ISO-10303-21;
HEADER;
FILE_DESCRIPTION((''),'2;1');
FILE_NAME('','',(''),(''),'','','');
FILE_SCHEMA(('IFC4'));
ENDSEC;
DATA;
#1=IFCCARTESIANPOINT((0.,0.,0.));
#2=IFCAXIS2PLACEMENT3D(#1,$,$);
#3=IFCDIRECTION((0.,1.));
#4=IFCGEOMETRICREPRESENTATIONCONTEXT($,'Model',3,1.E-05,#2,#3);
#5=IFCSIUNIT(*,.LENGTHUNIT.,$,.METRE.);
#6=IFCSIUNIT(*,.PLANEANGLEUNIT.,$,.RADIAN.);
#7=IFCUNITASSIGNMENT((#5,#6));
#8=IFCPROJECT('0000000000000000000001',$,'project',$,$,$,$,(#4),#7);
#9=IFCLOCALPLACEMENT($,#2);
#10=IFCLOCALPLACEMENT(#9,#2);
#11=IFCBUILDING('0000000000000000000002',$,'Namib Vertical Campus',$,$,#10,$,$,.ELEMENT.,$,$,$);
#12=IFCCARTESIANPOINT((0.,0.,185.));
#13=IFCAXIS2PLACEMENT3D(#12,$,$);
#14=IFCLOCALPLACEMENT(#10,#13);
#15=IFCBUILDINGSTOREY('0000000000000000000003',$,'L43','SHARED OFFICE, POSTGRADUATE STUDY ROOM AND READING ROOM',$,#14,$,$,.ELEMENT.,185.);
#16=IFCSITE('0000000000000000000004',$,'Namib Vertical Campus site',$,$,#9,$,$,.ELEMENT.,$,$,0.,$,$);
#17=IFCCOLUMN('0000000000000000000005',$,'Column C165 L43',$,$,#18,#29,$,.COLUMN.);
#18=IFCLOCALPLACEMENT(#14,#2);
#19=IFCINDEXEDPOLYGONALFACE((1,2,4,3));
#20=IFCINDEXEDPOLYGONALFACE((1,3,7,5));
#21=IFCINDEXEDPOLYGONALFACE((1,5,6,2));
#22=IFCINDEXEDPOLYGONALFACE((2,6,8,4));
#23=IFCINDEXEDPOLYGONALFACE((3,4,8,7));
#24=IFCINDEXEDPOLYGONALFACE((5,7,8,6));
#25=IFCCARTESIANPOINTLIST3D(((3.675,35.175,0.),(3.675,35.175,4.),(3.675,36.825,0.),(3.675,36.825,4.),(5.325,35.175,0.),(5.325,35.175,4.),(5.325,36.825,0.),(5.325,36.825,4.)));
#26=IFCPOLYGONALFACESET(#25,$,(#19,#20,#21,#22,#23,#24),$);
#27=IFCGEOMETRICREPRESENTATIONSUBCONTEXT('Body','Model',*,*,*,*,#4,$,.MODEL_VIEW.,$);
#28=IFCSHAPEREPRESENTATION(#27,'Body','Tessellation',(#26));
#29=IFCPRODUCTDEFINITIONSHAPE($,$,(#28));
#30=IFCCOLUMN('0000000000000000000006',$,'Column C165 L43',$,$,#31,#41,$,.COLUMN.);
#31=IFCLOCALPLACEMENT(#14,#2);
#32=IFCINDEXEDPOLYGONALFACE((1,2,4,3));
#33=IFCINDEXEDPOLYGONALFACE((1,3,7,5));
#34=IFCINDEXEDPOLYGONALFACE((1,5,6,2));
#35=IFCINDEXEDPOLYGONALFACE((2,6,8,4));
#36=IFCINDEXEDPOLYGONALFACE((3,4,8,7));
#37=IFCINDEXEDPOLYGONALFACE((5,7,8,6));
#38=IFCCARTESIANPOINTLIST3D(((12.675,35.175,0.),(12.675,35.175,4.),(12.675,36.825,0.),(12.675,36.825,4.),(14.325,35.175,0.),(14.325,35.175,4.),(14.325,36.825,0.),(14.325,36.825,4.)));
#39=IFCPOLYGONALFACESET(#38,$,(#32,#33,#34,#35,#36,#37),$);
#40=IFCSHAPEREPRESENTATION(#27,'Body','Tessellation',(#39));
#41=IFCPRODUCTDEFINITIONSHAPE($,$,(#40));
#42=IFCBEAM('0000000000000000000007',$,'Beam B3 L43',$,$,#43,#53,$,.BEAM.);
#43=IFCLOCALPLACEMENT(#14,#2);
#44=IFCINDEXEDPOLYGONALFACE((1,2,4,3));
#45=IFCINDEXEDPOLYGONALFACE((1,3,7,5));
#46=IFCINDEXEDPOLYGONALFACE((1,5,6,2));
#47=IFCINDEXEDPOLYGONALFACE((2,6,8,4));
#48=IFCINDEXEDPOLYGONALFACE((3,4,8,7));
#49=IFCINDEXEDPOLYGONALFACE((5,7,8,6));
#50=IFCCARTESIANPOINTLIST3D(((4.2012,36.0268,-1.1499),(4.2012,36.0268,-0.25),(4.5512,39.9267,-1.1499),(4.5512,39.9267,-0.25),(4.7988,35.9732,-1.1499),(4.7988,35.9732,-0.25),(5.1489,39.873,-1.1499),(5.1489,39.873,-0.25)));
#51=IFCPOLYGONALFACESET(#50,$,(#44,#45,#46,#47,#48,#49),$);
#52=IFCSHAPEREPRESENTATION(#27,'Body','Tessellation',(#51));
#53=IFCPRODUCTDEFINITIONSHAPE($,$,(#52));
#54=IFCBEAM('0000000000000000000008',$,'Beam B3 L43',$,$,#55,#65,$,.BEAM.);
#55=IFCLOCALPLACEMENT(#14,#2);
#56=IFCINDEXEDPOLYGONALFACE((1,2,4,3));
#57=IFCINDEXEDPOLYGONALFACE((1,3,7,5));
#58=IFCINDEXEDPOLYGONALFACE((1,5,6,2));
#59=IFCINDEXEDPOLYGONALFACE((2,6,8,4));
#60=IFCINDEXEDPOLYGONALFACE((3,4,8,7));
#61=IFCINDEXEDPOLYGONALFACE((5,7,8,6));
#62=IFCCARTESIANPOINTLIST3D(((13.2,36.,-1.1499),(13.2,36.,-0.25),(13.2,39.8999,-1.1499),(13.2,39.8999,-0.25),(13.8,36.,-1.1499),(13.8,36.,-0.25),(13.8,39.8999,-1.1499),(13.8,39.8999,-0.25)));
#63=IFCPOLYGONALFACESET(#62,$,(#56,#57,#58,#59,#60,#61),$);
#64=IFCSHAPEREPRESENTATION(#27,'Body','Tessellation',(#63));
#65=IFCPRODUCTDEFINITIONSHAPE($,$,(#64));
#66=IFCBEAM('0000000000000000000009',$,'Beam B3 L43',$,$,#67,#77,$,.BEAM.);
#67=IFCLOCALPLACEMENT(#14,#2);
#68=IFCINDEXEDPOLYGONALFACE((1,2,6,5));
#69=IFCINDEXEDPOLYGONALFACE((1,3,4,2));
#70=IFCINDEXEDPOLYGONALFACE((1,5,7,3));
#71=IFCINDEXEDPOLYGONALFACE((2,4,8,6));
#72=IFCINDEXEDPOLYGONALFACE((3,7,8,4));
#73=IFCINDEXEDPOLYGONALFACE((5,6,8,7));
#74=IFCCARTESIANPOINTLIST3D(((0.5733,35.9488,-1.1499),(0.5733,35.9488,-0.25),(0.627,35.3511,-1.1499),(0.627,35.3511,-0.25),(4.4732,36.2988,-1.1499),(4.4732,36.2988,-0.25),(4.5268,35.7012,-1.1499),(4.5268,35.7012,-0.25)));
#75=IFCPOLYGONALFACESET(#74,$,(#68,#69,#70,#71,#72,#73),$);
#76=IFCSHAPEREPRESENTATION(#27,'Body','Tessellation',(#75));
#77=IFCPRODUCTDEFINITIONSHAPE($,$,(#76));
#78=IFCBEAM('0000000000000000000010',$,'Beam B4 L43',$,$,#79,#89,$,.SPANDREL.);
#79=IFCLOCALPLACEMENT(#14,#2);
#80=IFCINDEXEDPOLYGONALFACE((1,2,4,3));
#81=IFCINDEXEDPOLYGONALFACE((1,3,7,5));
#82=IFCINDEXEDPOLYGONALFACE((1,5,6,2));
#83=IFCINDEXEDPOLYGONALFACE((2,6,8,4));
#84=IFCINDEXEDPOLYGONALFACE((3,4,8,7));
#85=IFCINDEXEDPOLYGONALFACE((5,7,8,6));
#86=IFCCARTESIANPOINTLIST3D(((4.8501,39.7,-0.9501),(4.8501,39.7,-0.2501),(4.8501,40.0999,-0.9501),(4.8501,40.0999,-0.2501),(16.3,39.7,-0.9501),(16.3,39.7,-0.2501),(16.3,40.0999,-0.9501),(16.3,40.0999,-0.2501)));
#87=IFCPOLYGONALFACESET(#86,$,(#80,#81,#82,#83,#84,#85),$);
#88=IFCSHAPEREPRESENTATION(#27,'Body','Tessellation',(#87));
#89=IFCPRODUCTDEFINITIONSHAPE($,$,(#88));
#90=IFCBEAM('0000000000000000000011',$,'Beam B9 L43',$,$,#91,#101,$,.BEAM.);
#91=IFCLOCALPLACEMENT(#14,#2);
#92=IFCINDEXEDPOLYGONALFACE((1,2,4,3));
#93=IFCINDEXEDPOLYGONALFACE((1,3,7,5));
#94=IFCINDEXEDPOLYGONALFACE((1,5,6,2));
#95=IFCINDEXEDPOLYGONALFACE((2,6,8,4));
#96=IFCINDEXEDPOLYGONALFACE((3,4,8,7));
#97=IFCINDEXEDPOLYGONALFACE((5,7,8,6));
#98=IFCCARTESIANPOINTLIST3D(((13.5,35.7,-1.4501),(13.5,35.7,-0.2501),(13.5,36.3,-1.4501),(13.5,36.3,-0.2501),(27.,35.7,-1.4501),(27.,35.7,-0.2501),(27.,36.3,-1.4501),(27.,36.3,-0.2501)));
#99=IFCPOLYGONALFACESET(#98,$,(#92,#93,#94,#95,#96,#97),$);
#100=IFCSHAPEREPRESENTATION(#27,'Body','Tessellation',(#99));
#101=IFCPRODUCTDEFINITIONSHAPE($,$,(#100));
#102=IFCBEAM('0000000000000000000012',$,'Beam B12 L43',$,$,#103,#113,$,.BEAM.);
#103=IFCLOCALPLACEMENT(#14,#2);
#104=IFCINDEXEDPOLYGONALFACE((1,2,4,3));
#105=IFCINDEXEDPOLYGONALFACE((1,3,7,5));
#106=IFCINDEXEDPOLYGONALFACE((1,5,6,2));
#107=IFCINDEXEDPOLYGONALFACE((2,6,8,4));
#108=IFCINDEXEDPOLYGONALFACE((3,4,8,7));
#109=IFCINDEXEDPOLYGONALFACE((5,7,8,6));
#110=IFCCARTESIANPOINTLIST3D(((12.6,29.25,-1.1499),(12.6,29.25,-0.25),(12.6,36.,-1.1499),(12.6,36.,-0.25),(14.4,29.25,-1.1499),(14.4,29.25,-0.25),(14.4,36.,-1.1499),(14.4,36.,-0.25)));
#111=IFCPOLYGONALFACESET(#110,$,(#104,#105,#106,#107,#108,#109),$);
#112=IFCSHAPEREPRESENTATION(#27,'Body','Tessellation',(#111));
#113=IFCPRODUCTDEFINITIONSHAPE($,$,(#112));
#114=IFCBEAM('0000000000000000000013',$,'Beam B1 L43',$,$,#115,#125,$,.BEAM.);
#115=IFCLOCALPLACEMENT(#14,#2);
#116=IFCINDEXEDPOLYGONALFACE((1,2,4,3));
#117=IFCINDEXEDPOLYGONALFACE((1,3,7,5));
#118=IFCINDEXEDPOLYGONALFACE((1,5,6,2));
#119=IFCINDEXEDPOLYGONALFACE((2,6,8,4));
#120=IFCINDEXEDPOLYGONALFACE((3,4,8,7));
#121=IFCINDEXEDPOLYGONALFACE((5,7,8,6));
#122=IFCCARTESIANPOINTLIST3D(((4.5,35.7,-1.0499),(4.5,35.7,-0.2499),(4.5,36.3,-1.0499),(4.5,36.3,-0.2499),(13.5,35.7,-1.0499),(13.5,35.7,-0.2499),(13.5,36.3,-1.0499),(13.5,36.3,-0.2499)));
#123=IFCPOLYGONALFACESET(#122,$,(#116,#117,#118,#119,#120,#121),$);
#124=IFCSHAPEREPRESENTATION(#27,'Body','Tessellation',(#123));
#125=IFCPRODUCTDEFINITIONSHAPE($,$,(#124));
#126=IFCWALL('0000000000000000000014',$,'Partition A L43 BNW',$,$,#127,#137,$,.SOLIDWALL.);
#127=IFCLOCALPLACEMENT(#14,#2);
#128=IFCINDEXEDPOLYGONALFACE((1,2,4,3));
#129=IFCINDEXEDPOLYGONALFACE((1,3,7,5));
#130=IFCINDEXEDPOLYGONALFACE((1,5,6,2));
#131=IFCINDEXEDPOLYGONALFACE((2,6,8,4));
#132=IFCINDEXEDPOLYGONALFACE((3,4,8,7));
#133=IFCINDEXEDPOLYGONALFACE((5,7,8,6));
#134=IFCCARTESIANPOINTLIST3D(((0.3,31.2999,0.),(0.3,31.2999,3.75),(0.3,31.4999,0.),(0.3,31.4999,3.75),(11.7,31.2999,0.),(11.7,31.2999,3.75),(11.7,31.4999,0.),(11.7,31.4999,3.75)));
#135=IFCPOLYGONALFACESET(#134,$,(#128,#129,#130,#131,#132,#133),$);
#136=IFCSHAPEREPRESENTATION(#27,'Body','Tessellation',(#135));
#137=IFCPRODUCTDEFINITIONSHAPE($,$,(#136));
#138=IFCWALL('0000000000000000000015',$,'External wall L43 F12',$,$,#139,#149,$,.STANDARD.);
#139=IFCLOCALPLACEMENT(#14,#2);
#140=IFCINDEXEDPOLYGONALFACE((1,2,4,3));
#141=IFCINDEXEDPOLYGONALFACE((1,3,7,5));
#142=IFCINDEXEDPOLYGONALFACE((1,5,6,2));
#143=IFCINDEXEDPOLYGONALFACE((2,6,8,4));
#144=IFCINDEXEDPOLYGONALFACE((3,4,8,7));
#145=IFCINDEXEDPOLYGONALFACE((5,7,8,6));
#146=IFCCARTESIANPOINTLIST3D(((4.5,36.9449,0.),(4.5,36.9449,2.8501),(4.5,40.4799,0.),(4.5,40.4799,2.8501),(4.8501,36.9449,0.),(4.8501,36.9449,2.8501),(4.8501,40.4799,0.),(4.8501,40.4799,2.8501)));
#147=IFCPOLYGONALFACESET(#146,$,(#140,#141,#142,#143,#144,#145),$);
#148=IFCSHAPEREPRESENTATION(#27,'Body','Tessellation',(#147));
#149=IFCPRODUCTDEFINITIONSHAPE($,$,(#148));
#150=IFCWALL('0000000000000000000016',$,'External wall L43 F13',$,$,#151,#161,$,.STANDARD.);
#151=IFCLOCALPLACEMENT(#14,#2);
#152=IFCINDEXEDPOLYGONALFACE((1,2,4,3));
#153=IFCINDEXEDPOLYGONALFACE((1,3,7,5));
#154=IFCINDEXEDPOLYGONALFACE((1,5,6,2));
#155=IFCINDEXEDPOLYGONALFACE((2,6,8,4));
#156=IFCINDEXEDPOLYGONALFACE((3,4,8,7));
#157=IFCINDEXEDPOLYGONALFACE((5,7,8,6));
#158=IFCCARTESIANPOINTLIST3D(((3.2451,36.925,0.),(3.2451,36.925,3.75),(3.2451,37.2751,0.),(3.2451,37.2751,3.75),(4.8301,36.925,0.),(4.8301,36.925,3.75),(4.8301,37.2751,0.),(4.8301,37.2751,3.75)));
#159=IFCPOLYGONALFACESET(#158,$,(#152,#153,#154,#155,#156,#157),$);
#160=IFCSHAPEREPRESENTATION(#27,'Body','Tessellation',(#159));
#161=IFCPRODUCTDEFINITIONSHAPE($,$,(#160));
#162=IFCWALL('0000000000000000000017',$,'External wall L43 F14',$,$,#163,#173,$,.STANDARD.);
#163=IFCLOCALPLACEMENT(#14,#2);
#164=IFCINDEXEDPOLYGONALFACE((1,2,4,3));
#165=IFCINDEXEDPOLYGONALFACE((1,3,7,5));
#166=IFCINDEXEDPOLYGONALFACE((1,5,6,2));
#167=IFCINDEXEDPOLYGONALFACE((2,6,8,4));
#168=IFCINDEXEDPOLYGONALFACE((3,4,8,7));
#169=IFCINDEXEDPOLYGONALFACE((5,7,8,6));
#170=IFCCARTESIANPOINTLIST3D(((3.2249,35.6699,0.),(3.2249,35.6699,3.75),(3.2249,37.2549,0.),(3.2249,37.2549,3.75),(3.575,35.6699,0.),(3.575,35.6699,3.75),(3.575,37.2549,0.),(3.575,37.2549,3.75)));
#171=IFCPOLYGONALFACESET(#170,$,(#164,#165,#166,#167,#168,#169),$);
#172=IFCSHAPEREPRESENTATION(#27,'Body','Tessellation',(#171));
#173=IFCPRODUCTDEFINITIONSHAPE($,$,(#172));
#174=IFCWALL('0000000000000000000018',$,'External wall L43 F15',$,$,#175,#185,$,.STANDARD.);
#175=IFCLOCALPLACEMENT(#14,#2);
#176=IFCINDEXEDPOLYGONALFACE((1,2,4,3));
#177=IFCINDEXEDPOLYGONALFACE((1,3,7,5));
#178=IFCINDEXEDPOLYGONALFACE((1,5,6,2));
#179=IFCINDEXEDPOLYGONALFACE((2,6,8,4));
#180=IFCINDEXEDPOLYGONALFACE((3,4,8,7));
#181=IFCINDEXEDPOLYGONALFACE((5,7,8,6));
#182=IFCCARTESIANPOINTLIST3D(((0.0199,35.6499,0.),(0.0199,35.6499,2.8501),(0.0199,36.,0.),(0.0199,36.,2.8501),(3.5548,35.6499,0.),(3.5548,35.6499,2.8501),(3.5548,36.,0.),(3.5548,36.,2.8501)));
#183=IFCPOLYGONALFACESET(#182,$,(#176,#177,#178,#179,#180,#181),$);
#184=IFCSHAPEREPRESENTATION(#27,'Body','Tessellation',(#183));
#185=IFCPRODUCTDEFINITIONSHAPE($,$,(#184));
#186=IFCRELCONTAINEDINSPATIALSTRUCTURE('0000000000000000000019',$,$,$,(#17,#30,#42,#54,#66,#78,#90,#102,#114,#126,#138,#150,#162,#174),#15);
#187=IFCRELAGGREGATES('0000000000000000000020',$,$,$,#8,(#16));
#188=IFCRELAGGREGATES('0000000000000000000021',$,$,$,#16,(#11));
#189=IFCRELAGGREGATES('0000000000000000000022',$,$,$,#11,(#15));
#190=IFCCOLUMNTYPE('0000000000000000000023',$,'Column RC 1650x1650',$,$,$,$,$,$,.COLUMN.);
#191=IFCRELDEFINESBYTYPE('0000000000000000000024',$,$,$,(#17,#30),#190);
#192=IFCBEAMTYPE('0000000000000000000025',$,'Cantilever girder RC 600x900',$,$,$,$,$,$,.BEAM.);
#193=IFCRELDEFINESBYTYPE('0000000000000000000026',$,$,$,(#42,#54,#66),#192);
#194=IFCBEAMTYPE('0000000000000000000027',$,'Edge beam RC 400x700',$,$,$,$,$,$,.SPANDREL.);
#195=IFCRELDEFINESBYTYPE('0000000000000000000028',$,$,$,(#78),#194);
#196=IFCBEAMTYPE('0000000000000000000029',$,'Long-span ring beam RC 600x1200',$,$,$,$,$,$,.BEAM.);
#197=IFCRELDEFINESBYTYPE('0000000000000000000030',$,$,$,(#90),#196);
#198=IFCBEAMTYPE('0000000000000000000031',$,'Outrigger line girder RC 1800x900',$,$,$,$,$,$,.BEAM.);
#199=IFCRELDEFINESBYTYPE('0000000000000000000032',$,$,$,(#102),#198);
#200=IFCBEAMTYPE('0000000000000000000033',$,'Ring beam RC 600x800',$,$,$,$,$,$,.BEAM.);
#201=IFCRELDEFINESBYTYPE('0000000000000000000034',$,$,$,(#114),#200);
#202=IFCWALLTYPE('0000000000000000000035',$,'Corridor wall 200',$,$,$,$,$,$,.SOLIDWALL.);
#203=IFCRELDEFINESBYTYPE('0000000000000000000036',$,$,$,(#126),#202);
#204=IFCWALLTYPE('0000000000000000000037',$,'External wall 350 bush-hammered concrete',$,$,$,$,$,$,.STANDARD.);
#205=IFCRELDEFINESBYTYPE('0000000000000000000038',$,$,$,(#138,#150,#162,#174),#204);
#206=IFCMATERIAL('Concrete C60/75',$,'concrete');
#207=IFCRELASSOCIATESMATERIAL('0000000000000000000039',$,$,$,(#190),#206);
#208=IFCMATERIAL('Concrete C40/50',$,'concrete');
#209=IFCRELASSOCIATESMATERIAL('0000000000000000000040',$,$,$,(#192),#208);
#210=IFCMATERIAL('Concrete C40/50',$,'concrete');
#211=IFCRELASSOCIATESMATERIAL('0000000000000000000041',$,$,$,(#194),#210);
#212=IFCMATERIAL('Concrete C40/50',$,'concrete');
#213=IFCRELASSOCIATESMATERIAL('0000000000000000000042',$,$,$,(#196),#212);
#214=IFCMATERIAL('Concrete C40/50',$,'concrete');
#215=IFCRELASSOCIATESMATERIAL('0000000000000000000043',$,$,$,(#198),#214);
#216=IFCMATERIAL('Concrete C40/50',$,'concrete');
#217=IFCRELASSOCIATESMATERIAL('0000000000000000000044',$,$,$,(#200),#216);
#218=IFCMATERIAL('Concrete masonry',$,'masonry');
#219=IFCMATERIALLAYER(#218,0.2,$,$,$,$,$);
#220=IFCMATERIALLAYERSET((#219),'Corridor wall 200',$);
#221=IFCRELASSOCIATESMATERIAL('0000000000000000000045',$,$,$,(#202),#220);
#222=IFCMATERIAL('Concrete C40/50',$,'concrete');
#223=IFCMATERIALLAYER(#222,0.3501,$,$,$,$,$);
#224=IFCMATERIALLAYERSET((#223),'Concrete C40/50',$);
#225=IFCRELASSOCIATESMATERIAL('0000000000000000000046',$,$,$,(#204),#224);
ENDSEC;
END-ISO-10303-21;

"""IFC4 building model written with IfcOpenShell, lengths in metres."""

from ifc_helpers import new_model, si_unit, direction, frame, frame_2d, origin, origin_2d, place, context, subcontext, project, spatial, rectangle, extrude, material, layer, layer_set, material_profile, profile_set, type_object, element, save


model = new_model("IFC4")

# Units and contexts
model_context = context("Model", 3, precision=1e-05, world=origin(), true_north=direction((0.0, 1.0)))
body_context = subcontext(model_context, "Body", "Model", "MODEL_VIEW")
ifc_project = project(units=[si_unit("LENGTHUNIT", "METRE"), si_unit("PLANEANGLEUNIT", "RADIAN")], contexts=[model_context])

# Site, building, storey
site_placement = place(None, origin())
site = spatial("IfcSite", under=ifc_project, at=site_placement, Name="Namib Vertical Campus site", CompositionType="ELEMENT", RefElevation=0.0)
building_placement = place(site_placement, origin())
building = spatial("IfcBuilding", under=site, at=building_placement, Name="Namib Vertical Campus", CompositionType="ELEMENT")
storey_placement = place(building_placement, frame((0.0, 0.0, 185.0)))
storey = spatial("IfcBuildingStorey", under=building, at=storey_placement, Name="L43", Description="SHARED OFFICE, POSTGRADUATE STUDY ROOM AND READING ROOM", CompositionType="ELEMENT", Elevation=185.0)

# Columns
ifc_material_1 = material(Name="Concrete C60/75", Category="concrete")
ifc_material_profile_1 = material_profile(ifc_material_1, rectangle(XDim=1.6499, YDim=1.6499, at=origin_2d()))
ifc_profile_set_1 = profile_set([ifc_material_profile_1], Name="Concrete C60/75")
column_type = type_object("IfcColumnType", Name="Column RC 1650x1650", PredefinedType="COLUMN", material=ifc_profile_set_1)
for number, where, z_axis, x_axis, name in (
    (1, (4.5, 36.0, 0.0), (0.0, 0.0, 1.0), (1.0, 0.0, 0.0), "Column C165 L43"),
    (2, (13.5, 36.0, 0.0), (0.0, 0.0, 1.0), (1.0, 0.0, 0.0), "Column C165 L43"),
):
    element("IfcColumn", number, at=place(storey_placement, frame(where, z_axis=z_axis, x_axis=x_axis)), inside=storey, type_object=column_type, Name=name, PredefinedType="COLUMN", context=body_context, shape_type="SweptSolid", body=[
        extrude(rectangle(XDim=1.6499, YDim=1.6499, at=origin_2d()), origin(), (0.0, 0.0, 1.0), 4.0),
    ])

# Beams
ifc_material_2 = material(Name="Concrete C40/50", Category="concrete")
ifc_material_profile_2 = material_profile(ifc_material_2, rectangle(XDim=0.6001, YDim=0.8999, at=origin_2d()))
ifc_profile_set_2 = profile_set([ifc_material_profile_2], Name="Concrete C40/50")
beam_type_1 = type_object("IfcBeamType", Name="Cantilever girder RC 600x900", PredefinedType="BEAM", material=ifc_profile_set_2)
beam_1_placement = place(storey_placement, frame((4.5, 36.0, -0.7), z_axis=(0.089411, 0.995995, 0.0), x_axis=(-0.995995, 0.089411, 0.0)))
element("IfcBeam", 3, at=beam_1_placement, inside=storey, type_object=beam_type_1, Name="Beam B3 L43", PredefinedType="BEAM", context=body_context, shape_type="SweptSolid", body=[
    extrude(rectangle(XDim=0.6001, YDim=0.8999, at=origin_2d()), origin(), (0.0, 0.0, 1.0), 3.9155),
])
beam_2_placement = place(storey_placement, frame((13.5, 36.0, -0.7), z_axis=(0.0, 1.0, 0.0), x_axis=(-1.0, 0.0, 0.0)))
element("IfcBeam", 4, at=beam_2_placement, inside=storey, type_object=beam_type_1, Name="Beam B3 L43", PredefinedType="BEAM", context=body_context, shape_type="SweptSolid", body=[
    extrude(rectangle(XDim=0.6001, YDim=0.8999, at=origin_2d()), origin(), (0.0, 0.0, 1.0), 3.8999),
])
beam_3_placement = place(storey_placement, frame((4.5, 36.0, -0.7), z_axis=(-0.995995, -0.089411, 0.0), x_axis=(0.089411, -0.995995, 0.0)))
element("IfcBeam", 5, at=beam_3_placement, inside=storey, type_object=beam_type_1, Name="Beam B3 L43", PredefinedType="BEAM", context=body_context, shape_type="SweptSolid", body=[
    extrude(rectangle(XDim=0.6001, YDim=0.8999, at=origin_2d()), origin(), (0.0, 0.0, 1.0), 3.9155),
])
ifc_material_3 = material(Name="Concrete C40/50", Category="concrete")
ifc_material_profile_3 = material_profile(ifc_material_3, rectangle(XDim=0.3999, YDim=0.7, at=origin_2d()))
ifc_profile_set_3 = profile_set([ifc_material_profile_3], Name="Concrete C40/50")
beam_type_2 = type_object("IfcBeamType", Name="Edge beam RC 400x700", PredefinedType="SPANDREL", material=ifc_profile_set_3)
beam_4_placement = place(storey_placement, frame((4.8501, 39.8999, -0.6001), z_axis=(1.0, 0.0, 0.0), x_axis=(0.0, 1.0, 0.0)))
element("IfcBeam", 6, at=beam_4_placement, inside=storey, type_object=beam_type_2, Name="Beam B4 L43", PredefinedType="SPANDREL", context=body_context, shape_type="SweptSolid", body=[
    extrude(rectangle(XDim=0.3999, YDim=0.7, at=origin_2d()), origin(), (0.0, 0.0, 1.0), 11.45),
])
ifc_material_4 = material(Name="Concrete C40/50", Category="concrete")
ifc_material_profile_4 = material_profile(ifc_material_4, rectangle(XDim=0.6001, YDim=1.2, at=origin_2d()))
ifc_profile_set_4 = profile_set([ifc_material_profile_4], Name="Concrete C40/50")
beam_type_3 = type_object("IfcBeamType", Name="Long-span ring beam RC 600x1200", PredefinedType="BEAM", material=ifc_profile_set_4)
beam_5_placement = place(storey_placement, frame((13.5, 36.0, -0.8501), z_axis=(1.0, 0.0, 0.0), x_axis=(0.0, 1.0, 0.0)))
element("IfcBeam", 7, at=beam_5_placement, inside=storey, type_object=beam_type_3, Name="Beam B9 L43", PredefinedType="BEAM", context=body_context, shape_type="SweptSolid", body=[
    extrude(rectangle(XDim=0.6001, YDim=1.2, at=origin_2d()), origin(), (0.0, 0.0, 1.0), 13.5),
])
ifc_material_5 = material(Name="Concrete C40/50", Category="concrete")
ifc_material_profile_5 = material_profile(ifc_material_5, rectangle(XDim=1.8, YDim=0.8999, at=origin_2d()))
ifc_profile_set_5 = profile_set([ifc_material_profile_5], Name="Concrete C40/50")
beam_type_4 = type_object("IfcBeamType", Name="Outrigger line girder RC 1800x900", PredefinedType="BEAM", material=ifc_profile_set_5)
beam_6_placement = place(storey_placement, frame((13.5, 36.0, -0.7), z_axis=(0.0, -1.0, 0.0), x_axis=(1.0, 0.0, 0.0)))
element("IfcBeam", 8, at=beam_6_placement, inside=storey, type_object=beam_type_4, Name="Beam B12 L43", PredefinedType="BEAM", context=body_context, shape_type="SweptSolid", body=[
    extrude(rectangle(XDim=1.8, YDim=0.8999, at=origin_2d()), origin(), (0.0, 0.0, 1.0), 6.75),
])
ifc_material_6 = material(Name="Concrete C40/50", Category="concrete")
ifc_material_profile_6 = material_profile(ifc_material_6, rectangle(XDim=0.6001, YDim=0.8, at=origin_2d()))
ifc_profile_set_6 = profile_set([ifc_material_profile_6], Name="Concrete C40/50")
beam_type_5 = type_object("IfcBeamType", Name="Ring beam RC 600x800", PredefinedType="BEAM", material=ifc_profile_set_6)
beam_7_placement = place(storey_placement, frame((4.5, 36.0, -0.6499), z_axis=(1.0, 0.0, 0.0), x_axis=(0.0, 1.0, 0.0)))
element("IfcBeam", 9, at=beam_7_placement, inside=storey, type_object=beam_type_5, Name="Beam B1 L43", PredefinedType="BEAM", context=body_context, shape_type="SweptSolid", body=[
    extrude(rectangle(XDim=0.6001, YDim=0.8, at=origin_2d()), origin(), (0.0, 0.0, 1.0), 9.0),
])

# Walls
ifc_material_7 = material(Name="Concrete masonry", Category="masonry")
ifc_layer_1 = layer(ifc_material_7, 0.2)
ifc_layer_set_1 = layer_set([ifc_layer_1], Name="Corridor wall 200")
wall_type_1 = type_object("IfcWallType", Name="Corridor wall 200", PredefinedType="SOLIDWALL", material=ifc_layer_set_1)
wall_1_placement = place(storey_placement, frame((0.3, 31.3999, 0.0), z_axis=(0.0, 0.0, 1.0), x_axis=(1.0, 0.0, 0.0)))
element("IfcWall", 10, at=wall_1_placement, inside=storey, type_object=wall_type_1, Name="Partition A L43 BNW", PredefinedType="SOLIDWALL", context=body_context, shape_type="SweptSolid", body=[
    extrude(rectangle(XDim=11.3999, YDim=0.2, at=frame_2d((5.7, 0.0))), origin(), (0.0, 0.0, 1.0), 3.75),
])
ifc_material_8 = material(Name="Concrete C40/50", Category="concrete")
ifc_layer_2 = layer(ifc_material_8, 0.3501)
ifc_layer_set_2 = layer_set([ifc_layer_2], Name="Concrete C40/50")
wall_type_2 = type_object("IfcWallType", Name="External wall 350 bush-hammered concrete", PredefinedType="STANDARD", material=ifc_layer_set_2)
wall_2_placement = place(storey_placement, frame((4.675, 40.48, 0.0), z_axis=(0.0, 0.0, 1.0), x_axis=(0.0, -1.0, 0.0)))
element("IfcWall", 11, at=wall_2_placement, inside=storey, type_object=wall_type_2, Name="External wall L43 F12", PredefinedType="STANDARD", context=body_context, shape_type="SweptSolid", body=[
    extrude(rectangle(XDim=3.5349, YDim=0.3501, at=frame_2d((1.7676, 0.0))), origin(), (0.0, 0.0, 1.0), 2.8501),
])
for number, where, z_axis, x_axis, name in (
    (12, (4.8301, 37.1001, 0.0), (0.0, 0.0, 1.0), (-1.0, 0.0, 0.0), "External wall L43 F13"),
    (13, (3.3999, 37.2549, 0.0), (0.0, 0.0, 1.0), (0.0, -1.0, 0.0), "External wall L43 F14"),
):
    element("IfcWall", number, at=place(storey_placement, frame(where, z_axis=z_axis, x_axis=x_axis)), inside=storey, type_object=wall_type_2, Name=name, PredefinedType="STANDARD", context=body_context, shape_type="SweptSolid", body=[
        extrude(rectangle(XDim=1.585, YDim=0.3501, at=frame_2d((0.7925, 0.0))), origin(), (0.0, 0.0, 1.0), 3.75),
    ])
wall_3_placement = place(storey_placement, frame((3.5549, 35.825, 0.0), z_axis=(0.0, 0.0, 1.0), x_axis=(-1.0, 0.0, 0.0)))
element("IfcWall", 14, at=wall_3_placement, inside=storey, type_object=wall_type_2, Name="External wall L43 F15", PredefinedType="STANDARD", context=body_context, shape_type="SweptSolid", body=[
    extrude(rectangle(XDim=3.5349, YDim=0.3501, at=frame_2d((1.7676, 0.0))), origin(), (0.0, 0.0, 1.0), 2.8501),
])

save(model, "model.ifc")
